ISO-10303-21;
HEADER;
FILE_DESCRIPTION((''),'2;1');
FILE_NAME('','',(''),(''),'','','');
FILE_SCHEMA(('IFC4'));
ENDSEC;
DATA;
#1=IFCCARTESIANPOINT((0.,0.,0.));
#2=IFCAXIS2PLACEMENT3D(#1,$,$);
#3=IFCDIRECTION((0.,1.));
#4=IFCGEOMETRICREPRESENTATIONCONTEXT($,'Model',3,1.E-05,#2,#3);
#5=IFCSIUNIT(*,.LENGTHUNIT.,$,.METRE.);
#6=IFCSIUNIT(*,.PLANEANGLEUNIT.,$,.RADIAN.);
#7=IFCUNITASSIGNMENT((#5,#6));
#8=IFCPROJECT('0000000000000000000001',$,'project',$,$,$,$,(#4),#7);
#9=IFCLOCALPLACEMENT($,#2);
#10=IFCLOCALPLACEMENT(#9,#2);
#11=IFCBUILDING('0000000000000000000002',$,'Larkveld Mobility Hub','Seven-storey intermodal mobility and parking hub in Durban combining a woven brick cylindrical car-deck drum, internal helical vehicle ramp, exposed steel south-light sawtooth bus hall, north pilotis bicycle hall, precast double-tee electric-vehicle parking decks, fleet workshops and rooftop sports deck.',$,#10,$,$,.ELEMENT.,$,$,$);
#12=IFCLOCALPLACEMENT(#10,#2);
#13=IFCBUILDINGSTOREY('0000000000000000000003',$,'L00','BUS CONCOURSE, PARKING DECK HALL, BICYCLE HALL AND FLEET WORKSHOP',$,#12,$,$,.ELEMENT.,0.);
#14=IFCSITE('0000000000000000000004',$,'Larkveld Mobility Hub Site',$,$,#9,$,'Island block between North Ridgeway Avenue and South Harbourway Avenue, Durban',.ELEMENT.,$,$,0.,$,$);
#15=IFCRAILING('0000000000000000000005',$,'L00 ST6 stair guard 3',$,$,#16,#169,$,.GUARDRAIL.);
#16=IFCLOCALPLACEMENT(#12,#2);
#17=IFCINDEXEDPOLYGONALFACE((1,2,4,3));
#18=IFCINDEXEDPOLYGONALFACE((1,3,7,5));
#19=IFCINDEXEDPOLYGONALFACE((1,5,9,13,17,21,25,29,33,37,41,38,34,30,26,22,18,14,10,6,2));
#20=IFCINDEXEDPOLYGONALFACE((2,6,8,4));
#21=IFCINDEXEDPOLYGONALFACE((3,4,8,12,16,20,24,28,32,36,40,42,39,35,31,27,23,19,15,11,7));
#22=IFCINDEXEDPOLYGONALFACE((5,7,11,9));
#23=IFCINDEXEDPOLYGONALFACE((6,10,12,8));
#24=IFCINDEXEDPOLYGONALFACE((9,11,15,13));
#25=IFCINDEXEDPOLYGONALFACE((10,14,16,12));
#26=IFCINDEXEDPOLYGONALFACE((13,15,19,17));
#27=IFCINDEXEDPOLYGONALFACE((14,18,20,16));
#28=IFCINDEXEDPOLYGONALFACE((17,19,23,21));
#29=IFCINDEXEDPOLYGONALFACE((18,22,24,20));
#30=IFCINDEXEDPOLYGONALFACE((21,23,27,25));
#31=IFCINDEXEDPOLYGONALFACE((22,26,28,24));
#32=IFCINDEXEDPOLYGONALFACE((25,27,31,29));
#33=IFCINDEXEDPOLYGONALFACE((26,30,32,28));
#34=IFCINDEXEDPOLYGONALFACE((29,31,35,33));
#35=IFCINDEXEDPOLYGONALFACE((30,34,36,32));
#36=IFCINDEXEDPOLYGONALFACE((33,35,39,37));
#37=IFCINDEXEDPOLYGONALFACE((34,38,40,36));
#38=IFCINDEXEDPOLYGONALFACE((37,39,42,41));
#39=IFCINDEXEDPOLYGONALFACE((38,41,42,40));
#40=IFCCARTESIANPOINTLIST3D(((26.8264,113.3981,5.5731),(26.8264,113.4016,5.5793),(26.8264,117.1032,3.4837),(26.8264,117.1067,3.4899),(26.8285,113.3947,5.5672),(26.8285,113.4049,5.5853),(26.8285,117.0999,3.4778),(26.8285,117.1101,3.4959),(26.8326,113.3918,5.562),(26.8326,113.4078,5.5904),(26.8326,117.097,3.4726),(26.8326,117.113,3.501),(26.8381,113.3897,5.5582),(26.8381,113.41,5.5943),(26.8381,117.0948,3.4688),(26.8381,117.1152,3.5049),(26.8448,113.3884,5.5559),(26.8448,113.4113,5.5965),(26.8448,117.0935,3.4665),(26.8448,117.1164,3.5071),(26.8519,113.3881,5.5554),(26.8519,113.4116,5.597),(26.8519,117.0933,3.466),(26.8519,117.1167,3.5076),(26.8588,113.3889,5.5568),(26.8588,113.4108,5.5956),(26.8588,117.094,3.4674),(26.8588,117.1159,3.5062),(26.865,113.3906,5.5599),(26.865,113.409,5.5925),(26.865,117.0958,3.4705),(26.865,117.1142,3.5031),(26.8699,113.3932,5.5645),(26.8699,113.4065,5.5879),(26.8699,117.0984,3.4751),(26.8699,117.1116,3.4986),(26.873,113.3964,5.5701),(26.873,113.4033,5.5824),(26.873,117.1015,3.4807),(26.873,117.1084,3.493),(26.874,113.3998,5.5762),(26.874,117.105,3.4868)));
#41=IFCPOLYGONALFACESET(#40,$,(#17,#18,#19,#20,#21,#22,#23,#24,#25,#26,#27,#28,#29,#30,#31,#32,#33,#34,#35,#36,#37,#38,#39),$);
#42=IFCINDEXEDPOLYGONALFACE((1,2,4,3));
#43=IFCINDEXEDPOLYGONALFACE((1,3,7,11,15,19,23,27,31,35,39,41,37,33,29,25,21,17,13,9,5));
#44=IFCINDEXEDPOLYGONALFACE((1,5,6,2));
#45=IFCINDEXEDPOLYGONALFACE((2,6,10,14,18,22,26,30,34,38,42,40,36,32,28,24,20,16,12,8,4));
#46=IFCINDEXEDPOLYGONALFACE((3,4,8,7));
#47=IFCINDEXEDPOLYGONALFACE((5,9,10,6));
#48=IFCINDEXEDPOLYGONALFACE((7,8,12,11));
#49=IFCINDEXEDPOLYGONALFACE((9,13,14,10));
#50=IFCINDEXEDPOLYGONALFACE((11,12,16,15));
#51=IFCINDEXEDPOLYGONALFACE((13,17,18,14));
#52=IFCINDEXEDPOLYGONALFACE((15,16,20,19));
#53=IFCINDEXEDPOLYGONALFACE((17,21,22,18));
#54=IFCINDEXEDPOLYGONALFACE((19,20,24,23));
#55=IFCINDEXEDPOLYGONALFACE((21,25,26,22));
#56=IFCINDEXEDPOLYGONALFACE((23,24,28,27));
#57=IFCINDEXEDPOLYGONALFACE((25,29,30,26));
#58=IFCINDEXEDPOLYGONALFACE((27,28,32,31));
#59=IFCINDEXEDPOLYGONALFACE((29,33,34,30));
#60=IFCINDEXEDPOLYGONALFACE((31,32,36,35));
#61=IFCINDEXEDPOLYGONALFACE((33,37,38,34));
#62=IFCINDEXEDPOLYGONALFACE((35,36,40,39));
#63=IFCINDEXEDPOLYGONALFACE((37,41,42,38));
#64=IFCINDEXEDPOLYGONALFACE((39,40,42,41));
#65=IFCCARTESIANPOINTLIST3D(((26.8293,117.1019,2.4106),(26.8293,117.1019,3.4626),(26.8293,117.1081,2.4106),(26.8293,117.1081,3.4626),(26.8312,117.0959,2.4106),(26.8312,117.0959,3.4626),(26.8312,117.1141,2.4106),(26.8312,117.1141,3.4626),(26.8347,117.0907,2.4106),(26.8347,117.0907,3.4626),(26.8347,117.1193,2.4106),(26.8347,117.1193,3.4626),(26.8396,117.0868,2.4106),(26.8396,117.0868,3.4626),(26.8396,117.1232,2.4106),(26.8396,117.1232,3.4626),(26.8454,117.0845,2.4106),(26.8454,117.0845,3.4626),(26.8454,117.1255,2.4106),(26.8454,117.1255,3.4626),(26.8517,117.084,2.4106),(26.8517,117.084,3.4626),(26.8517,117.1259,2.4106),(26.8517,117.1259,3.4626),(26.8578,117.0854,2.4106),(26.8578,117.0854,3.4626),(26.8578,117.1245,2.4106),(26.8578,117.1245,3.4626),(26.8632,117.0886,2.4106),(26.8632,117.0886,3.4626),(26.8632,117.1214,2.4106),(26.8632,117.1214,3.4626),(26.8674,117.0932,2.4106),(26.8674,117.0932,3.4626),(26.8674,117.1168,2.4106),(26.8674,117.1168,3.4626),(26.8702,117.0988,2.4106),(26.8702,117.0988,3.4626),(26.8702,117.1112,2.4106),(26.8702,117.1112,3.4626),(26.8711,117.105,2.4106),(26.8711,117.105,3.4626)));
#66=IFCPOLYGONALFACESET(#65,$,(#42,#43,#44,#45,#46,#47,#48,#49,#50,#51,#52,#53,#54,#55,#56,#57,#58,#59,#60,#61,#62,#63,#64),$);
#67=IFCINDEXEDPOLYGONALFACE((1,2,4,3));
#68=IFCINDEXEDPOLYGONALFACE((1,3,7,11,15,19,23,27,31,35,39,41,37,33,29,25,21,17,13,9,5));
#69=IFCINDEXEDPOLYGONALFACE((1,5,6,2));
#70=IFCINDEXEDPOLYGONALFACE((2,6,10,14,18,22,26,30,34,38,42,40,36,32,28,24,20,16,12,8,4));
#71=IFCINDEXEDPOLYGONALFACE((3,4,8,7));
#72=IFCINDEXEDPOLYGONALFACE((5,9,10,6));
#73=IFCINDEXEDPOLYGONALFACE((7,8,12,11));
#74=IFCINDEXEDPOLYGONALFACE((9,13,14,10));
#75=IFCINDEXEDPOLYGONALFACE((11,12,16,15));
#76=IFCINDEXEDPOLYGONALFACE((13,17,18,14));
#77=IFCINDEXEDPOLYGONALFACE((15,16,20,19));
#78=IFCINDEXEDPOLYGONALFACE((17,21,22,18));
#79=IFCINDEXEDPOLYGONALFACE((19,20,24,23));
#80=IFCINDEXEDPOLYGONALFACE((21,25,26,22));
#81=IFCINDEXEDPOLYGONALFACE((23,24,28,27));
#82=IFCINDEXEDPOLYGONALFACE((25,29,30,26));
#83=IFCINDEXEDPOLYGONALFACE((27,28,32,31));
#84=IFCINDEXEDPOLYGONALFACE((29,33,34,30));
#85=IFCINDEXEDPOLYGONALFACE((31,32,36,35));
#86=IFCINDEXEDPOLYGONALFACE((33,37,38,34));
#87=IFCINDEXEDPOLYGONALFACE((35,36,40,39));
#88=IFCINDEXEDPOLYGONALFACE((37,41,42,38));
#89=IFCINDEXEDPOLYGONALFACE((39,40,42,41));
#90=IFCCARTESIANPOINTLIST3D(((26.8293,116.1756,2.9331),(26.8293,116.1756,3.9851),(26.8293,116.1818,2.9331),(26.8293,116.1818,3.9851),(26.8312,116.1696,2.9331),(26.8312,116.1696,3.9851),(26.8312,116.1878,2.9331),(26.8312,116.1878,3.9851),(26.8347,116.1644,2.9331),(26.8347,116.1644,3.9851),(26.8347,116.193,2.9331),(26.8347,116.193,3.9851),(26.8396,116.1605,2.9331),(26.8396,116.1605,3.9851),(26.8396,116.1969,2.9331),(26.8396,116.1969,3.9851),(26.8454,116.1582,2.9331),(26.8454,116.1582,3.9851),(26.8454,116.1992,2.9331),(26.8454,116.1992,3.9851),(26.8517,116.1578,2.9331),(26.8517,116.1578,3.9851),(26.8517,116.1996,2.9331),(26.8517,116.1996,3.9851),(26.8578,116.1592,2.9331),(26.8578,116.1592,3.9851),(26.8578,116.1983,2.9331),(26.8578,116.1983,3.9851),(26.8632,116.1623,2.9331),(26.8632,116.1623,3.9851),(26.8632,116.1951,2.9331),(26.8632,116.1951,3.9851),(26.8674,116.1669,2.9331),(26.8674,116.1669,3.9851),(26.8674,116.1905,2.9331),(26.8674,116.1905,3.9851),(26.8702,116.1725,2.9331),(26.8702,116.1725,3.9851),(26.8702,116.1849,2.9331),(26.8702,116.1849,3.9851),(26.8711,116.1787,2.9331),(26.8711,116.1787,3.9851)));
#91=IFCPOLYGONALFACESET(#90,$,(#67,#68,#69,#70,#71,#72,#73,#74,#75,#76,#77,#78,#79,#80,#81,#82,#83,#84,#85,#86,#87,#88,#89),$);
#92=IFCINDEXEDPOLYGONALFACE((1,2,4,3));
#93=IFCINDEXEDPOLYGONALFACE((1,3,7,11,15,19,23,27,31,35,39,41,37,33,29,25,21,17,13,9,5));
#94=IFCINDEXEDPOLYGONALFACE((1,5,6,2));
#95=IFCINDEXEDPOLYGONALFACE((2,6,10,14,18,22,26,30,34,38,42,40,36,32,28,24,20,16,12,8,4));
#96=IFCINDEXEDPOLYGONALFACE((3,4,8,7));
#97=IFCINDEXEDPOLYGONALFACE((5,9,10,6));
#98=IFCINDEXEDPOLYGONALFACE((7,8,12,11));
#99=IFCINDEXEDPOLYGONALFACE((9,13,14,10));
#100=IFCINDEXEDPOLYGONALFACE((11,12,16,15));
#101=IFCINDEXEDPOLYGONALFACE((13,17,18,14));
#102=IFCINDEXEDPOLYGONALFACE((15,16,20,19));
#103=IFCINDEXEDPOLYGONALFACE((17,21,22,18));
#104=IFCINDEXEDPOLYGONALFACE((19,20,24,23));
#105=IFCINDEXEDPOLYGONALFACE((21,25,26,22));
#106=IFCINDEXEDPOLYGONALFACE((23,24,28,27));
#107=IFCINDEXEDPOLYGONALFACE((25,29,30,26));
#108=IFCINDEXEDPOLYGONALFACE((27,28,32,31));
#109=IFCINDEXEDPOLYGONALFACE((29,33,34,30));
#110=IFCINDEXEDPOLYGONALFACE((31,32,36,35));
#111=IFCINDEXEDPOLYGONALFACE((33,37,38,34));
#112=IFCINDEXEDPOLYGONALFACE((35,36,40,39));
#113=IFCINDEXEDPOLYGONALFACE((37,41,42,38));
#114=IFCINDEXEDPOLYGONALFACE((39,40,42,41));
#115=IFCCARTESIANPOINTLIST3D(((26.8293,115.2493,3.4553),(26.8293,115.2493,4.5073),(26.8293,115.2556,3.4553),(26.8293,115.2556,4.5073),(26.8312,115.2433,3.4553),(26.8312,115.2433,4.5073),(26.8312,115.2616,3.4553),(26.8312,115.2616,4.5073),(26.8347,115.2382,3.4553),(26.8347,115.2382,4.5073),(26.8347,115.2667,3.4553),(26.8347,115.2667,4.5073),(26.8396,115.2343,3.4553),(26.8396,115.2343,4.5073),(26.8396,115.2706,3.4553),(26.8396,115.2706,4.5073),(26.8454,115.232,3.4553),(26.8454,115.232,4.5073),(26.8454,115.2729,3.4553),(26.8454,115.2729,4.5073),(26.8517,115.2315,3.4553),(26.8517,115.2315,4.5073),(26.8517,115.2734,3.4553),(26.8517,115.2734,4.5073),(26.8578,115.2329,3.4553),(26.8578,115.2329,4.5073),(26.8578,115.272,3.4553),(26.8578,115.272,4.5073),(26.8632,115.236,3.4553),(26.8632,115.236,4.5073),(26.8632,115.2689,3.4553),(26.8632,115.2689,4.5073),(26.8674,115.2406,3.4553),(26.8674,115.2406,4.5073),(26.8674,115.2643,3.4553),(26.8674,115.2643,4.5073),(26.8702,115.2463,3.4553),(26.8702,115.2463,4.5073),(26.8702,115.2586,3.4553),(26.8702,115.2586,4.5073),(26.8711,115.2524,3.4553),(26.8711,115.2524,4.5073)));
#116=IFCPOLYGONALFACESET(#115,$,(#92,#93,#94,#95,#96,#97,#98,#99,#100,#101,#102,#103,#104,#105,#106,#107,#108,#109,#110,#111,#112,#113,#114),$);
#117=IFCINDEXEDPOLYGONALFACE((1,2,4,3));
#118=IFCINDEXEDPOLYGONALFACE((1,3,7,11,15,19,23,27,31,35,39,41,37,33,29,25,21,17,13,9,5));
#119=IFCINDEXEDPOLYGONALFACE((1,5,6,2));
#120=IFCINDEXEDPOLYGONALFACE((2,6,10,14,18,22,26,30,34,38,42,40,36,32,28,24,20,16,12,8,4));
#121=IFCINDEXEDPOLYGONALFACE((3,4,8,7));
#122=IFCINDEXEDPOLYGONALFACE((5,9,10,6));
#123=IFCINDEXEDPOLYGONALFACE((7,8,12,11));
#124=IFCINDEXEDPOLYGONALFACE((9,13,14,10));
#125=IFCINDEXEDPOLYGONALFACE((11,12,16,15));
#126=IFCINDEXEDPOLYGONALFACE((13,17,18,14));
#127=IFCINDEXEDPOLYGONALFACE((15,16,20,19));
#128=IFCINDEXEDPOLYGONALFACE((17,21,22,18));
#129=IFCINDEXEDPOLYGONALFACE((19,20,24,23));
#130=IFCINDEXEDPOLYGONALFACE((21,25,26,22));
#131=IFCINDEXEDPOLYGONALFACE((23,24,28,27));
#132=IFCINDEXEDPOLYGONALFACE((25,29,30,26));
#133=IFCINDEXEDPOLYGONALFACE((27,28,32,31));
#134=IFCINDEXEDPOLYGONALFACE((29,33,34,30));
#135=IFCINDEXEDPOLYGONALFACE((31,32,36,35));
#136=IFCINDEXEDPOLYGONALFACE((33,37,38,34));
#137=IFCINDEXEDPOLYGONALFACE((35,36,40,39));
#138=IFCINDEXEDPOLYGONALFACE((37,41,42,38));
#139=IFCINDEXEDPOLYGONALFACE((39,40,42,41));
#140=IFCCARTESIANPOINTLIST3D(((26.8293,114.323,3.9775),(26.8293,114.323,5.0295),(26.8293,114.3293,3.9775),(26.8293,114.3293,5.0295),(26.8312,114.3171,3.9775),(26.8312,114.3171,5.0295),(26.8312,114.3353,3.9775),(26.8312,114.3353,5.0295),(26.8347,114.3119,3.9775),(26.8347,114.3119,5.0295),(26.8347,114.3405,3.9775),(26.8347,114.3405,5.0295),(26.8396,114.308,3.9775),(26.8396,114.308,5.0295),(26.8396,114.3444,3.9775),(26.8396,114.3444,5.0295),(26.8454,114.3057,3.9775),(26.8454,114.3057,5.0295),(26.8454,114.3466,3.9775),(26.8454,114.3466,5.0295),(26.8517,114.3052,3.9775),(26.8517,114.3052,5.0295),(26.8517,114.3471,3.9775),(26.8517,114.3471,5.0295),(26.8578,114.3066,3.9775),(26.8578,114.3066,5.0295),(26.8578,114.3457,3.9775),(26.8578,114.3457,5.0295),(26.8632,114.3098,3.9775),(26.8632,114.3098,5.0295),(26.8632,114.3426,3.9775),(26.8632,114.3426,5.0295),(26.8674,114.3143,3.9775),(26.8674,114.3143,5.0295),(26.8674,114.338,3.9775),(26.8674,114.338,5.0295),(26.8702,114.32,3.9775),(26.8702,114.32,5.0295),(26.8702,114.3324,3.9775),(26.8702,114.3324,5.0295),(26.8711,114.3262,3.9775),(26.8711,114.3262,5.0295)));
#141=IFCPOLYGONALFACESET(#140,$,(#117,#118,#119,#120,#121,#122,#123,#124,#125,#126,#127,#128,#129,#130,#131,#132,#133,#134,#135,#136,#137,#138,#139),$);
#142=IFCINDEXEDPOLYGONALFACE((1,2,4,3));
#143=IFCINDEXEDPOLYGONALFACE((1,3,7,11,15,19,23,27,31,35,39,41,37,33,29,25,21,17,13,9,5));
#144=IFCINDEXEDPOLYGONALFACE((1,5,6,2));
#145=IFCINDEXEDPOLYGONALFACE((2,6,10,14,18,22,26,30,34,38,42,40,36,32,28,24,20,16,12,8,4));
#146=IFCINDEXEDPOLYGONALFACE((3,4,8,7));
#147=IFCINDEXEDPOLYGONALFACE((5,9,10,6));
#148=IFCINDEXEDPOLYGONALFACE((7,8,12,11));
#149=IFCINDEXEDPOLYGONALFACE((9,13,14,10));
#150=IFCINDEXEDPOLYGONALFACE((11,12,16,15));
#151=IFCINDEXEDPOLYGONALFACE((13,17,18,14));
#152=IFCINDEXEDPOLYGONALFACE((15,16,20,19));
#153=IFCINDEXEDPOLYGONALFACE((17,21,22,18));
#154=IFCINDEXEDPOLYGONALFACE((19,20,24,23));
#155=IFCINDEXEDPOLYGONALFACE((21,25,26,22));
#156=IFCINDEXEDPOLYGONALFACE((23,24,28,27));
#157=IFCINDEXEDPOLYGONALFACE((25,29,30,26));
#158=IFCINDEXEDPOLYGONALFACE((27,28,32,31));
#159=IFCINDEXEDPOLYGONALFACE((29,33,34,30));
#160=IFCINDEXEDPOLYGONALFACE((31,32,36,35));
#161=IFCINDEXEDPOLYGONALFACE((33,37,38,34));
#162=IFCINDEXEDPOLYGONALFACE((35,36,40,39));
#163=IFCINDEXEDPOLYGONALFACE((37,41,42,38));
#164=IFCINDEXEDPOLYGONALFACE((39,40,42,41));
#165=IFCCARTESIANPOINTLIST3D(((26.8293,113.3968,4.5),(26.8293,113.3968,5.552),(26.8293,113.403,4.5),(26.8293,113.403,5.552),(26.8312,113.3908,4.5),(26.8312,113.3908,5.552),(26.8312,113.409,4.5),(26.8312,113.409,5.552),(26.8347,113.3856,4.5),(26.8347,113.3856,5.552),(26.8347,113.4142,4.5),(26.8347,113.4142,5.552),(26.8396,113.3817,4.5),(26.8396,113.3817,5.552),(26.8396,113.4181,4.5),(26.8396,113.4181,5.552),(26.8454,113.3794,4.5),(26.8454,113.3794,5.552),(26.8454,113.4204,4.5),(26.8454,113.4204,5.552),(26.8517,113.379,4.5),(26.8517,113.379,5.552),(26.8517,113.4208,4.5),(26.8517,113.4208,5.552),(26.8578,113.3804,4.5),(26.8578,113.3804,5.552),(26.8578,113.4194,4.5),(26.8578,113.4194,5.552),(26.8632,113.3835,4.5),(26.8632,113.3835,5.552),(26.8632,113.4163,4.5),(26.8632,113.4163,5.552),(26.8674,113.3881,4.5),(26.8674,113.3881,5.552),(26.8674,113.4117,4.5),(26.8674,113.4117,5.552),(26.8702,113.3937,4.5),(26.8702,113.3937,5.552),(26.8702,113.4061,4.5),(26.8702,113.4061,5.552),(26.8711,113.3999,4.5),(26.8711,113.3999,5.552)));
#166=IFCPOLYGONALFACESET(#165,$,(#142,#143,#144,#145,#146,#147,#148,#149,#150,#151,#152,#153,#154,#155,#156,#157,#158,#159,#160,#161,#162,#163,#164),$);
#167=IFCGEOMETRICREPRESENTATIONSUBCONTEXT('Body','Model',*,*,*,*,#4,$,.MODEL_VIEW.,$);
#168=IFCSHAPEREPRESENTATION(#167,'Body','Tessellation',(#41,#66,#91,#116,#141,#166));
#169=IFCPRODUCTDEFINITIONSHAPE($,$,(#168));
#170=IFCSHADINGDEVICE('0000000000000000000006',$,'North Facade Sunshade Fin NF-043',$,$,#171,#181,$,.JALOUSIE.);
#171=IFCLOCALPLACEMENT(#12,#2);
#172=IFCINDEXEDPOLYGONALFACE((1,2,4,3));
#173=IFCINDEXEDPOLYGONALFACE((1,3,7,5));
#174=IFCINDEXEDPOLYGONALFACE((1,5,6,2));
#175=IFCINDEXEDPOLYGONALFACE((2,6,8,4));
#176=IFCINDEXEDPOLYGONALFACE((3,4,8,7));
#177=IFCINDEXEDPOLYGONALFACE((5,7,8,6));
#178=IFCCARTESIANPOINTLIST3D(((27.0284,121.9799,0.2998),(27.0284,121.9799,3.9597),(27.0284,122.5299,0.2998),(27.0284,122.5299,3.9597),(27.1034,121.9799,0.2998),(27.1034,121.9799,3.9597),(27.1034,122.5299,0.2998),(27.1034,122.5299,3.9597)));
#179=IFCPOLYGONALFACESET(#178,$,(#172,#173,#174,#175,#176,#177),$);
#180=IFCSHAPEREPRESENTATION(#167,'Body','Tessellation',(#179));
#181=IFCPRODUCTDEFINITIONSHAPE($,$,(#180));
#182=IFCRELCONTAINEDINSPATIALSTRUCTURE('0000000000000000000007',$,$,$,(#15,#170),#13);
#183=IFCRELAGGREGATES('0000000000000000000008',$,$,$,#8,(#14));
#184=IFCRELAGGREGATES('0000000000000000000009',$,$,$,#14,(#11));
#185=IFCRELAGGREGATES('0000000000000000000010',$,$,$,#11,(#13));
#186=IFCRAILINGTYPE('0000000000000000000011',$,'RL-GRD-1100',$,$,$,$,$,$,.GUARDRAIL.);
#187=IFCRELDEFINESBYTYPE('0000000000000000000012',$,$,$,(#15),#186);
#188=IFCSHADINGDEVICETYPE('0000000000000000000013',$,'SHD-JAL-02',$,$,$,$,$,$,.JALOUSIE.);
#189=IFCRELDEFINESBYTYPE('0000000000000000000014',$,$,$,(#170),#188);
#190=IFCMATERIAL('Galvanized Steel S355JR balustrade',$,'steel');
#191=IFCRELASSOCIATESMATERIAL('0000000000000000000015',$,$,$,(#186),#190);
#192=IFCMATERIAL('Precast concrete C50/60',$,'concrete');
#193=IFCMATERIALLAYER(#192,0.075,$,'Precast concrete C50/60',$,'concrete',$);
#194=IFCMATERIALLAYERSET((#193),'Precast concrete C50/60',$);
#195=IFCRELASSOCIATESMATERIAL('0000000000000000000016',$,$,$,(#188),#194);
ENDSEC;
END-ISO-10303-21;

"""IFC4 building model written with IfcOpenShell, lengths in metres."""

from ifc_helpers import new_model, si_unit, direction, frame, origin, origin_2d, place, context, subcontext, project, spatial, rectangle, circle, extrude, material, layer, layer_set, type_object, element, save


model = new_model("IFC4")

# Units and contexts
model_context = context("Model", 3, precision=1e-05, world=origin(), true_north=direction((0.0, 1.0)))
body_context = subcontext(model_context, "Body", "Model", "MODEL_VIEW")
ifc_project = project(units=[si_unit("LENGTHUNIT", "METRE"), si_unit("PLANEANGLEUNIT", "RADIAN")], contexts=[model_context])

# Site, building, storey
site_placement = place(None, origin())
site = spatial("IfcSite", under=ifc_project, at=site_placement, Name="Larkveld Mobility Hub Site", LongName="Island block between North Ridgeway Avenue and South Harbourway Avenue, Durban", CompositionType="ELEMENT", RefElevation=0.0)
building_placement = place(site_placement, origin())
building = spatial("IfcBuilding", under=site, at=building_placement, Name="Larkveld Mobility Hub", Description="Seven-storey intermodal mobility and parking hub in Durban combining a woven brick cylindrical car-deck drum, internal helical vehicle ramp, exposed steel south-light sawtooth bus hall, north pilotis bicycle hall, precast double-tee electric-vehicle parking decks, fleet workshops and rooftop sports deck.", CompositionType="ELEMENT")
storey_placement = place(building_placement, origin())
storey = spatial("IfcBuildingStorey", under=building, at=storey_placement, Name="L00", Description="BUS CONCOURSE, PARKING DECK HALL, BICYCLE HALL AND FLEET WORKSHOP", CompositionType="ELEMENT", Elevation=0.0)

# Shared definitions
ifc_material_1 = material(Name="Precast concrete C50/60", Category="concrete")

# Railing
ifc_material_2 = material(Name="Galvanized Steel S355JR balustrade", Category="steel")
railing_type = type_object("IfcRailingType", Name="RL-GRD-1100", PredefinedType="GUARDRAIL", material=ifc_material_2)
railing_1_placement = place(storey_placement, frame((26.8501, 117.105, 2.4106)))
element("IfcRailing", 1, at=railing_1_placement, inside=storey, type_object=railing_type, Name="L00 ST6 stair guard 3", PredefinedType="GUARDRAIL", context=body_context, shape_type="SweptSolid", body=[
    extrude(circle(Radius=0.0239, at=origin_2d()), frame((0.0, 0.0, 1.0762), z_axis=(0.0, -0.871048, 0.491198), x_axis=(1.0, 0.0, 0.0)), (0.0, 0.0, 1.0), 4.2537),
    extrude(circle(Radius=0.021, at=origin_2d()), origin(), (0.0, 0.0, 1.0), 1.052),
    extrude(circle(Radius=0.021, at=origin_2d()), frame((0.0, -0.9263, 0.5225)), (0.0, 0.0, 1.0), 1.052),
    extrude(circle(Radius=0.021, at=origin_2d()), frame((0.0, -1.8525, 1.0447)), (0.0, 0.0, 1.0), 1.052),
    extrude(circle(Radius=0.021, at=origin_2d()), frame((0.0, -2.7788, 1.5669)), (0.0, 0.0, 1.0), 1.052),
    extrude(circle(Radius=0.021, at=origin_2d()), frame((0.0, -3.7051, 2.0894)), (0.0, 0.0, 1.0), 1.052),
])

# Shading device
ifc_layer_1 = layer(ifc_material_1, 0.075, Name="Precast concrete C50/60", Category="concrete")
ifc_layer_set_1 = layer_set([ifc_layer_1], Name="Precast concrete C50/60")
shading_device_type = type_object("IfcShadingDeviceType", Name="SHD-JAL-02", PredefinedType="JALOUSIE", material=ifc_layer_set_1)
shading_device_placement = place(storey_placement, frame((27.0659, 122.2549, 0.2998), z_axis=(0.0, 0.0, 1.0), x_axis=(1.0, 0.0, 0.0)))
element("IfcShadingDevice", 2, at=shading_device_placement, inside=storey, type_object=shading_device_type, Name="North Facade Sunshade Fin NF-043", PredefinedType="JALOUSIE", context=body_context, shape_type="SweptSolid", body=[
    extrude(rectangle(XDim=0.075, YDim=0.55, at=origin_2d()), origin(), (0.0, 0.0, 1.0), 3.6599),
])

save(model, "model.ifc")
